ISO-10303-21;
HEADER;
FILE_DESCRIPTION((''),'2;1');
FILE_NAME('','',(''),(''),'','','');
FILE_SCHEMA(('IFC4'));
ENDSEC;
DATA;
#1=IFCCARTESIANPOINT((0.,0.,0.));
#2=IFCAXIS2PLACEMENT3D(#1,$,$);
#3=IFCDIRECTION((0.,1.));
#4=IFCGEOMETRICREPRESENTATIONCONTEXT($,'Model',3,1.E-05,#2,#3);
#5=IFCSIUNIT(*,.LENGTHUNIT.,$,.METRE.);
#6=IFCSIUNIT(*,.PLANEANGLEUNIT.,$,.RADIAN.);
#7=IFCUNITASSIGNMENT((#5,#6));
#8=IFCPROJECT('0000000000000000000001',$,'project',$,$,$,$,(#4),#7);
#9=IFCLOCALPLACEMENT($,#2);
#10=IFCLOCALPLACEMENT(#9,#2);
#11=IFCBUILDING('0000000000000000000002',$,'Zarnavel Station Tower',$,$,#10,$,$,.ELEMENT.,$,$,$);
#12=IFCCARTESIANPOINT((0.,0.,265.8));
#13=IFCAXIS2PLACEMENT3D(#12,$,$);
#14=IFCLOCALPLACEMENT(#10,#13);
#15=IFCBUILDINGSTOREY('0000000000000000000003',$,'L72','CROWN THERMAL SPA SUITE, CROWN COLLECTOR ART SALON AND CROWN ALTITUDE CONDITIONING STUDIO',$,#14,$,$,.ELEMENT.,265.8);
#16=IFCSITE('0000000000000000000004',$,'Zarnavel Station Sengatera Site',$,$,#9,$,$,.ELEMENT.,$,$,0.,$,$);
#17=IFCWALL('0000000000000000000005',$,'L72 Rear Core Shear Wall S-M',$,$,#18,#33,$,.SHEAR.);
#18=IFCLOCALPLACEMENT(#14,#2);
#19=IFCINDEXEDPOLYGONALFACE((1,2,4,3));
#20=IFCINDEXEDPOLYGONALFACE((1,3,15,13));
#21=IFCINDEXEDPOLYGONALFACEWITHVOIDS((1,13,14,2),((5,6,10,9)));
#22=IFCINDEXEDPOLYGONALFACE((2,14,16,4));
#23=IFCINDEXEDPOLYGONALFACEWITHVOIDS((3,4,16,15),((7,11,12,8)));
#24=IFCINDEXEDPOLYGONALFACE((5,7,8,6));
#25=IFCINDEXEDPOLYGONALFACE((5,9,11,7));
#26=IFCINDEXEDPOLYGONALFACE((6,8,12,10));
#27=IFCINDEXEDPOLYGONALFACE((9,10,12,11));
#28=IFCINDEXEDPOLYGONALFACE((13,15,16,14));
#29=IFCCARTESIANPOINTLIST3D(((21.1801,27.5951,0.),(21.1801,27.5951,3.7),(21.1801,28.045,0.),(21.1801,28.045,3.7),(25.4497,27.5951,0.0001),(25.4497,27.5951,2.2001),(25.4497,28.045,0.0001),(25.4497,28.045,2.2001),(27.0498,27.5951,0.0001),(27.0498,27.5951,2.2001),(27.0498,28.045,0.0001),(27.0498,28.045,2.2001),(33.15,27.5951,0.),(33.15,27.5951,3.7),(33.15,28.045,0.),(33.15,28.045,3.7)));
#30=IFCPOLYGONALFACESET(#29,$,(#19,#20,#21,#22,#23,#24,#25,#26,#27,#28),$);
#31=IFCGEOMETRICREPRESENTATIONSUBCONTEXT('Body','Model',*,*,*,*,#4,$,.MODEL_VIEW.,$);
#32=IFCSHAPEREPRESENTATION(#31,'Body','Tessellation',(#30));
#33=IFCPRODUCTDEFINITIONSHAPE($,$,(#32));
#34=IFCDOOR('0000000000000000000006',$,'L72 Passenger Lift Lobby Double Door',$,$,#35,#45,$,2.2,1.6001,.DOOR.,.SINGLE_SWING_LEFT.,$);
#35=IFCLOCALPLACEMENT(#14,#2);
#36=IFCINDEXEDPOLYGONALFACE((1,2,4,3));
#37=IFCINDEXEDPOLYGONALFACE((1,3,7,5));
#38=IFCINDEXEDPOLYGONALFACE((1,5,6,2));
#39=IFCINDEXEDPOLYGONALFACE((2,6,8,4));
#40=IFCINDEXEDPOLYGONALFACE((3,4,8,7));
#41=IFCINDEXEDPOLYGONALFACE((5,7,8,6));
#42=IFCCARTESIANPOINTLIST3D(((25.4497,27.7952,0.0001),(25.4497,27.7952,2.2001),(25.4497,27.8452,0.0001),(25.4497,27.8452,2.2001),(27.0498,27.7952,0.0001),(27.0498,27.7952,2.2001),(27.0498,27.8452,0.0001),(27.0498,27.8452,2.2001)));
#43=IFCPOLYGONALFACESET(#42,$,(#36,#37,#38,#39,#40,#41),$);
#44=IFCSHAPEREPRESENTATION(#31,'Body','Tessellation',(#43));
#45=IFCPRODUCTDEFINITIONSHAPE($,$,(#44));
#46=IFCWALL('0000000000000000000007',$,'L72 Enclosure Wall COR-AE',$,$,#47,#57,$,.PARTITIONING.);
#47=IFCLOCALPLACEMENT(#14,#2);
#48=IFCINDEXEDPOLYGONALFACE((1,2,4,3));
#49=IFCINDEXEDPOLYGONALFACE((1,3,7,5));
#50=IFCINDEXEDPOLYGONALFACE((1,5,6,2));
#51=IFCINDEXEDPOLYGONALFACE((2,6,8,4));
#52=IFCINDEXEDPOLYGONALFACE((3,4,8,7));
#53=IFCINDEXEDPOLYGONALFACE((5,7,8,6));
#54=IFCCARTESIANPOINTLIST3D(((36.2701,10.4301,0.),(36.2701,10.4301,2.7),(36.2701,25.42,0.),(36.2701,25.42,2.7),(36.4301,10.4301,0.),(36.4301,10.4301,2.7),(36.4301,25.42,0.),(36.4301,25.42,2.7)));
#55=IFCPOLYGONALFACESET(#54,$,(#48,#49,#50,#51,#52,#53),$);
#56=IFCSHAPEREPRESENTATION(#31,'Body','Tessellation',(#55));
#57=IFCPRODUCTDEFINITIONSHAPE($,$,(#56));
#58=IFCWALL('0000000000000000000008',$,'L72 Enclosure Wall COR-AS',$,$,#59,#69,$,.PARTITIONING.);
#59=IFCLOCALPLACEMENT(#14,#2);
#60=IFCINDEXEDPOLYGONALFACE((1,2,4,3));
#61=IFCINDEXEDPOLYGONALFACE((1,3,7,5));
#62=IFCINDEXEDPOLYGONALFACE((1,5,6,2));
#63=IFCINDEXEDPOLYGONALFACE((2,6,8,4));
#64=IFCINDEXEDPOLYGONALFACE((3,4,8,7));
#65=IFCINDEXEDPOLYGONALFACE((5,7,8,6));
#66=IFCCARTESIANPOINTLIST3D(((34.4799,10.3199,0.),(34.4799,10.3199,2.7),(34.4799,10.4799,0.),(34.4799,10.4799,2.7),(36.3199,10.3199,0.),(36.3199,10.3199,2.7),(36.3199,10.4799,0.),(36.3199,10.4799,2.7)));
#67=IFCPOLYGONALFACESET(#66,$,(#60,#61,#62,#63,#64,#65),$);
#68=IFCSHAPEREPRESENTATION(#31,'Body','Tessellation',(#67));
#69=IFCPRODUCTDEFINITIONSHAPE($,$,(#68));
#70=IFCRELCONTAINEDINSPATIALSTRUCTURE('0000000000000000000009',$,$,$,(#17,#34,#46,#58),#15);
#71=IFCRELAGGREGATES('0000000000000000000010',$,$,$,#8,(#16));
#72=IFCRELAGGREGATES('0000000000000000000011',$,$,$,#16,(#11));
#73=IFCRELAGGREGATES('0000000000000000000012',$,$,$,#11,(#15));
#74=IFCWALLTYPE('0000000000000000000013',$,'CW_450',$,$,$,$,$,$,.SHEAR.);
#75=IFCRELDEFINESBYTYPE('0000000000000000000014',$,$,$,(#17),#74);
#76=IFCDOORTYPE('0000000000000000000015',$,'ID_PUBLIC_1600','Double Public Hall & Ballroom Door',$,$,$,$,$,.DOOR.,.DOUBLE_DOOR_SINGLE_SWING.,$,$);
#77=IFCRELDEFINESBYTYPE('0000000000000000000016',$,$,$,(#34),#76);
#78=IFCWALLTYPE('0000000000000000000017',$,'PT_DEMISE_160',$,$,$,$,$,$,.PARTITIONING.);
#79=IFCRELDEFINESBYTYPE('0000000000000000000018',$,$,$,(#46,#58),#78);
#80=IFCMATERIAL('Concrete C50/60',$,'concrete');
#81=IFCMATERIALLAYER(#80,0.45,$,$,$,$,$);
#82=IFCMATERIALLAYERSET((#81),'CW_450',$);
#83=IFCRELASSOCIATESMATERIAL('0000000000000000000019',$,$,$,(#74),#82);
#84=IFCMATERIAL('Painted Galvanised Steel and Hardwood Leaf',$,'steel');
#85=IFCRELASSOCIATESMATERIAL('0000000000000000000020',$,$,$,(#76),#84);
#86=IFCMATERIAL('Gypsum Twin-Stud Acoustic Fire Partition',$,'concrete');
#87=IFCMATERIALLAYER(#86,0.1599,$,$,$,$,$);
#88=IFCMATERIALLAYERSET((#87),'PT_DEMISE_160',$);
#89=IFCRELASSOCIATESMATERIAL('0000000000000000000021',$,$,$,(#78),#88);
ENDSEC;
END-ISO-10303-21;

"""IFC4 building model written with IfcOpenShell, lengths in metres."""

from ifc_helpers import new_model, si_unit, direction, frame, frame_2d, origin, place, context, subcontext, project, spatial, rectangle, extrude, material, layer, layer_set, type_object, element, fill, save


model = new_model("IFC4")

# Units and contexts
model_context = context("Model", 3, precision=1e-05, world=origin(), true_north=direction((0.0, 1.0)))
body_context = subcontext(model_context, "Body", "Model", "MODEL_VIEW")
ifc_project = project(units=[si_unit("LENGTHUNIT", "METRE"), si_unit("PLANEANGLEUNIT", "RADIAN")], contexts=[model_context])

# Site, building, storey
site_placement = place(None, origin())
site = spatial("IfcSite", under=ifc_project, at=site_placement, Name="Zarnavel Station Sengatera Site", CompositionType="ELEMENT", RefElevation=0.0)
building_placement = place(site_placement, origin())
building = spatial("IfcBuilding", under=site, at=building_placement, Name="Zarnavel Station Tower", CompositionType="ELEMENT")
storey_placement = place(building_placement, frame((0.0, 0.0, 265.8)))
storey = spatial("IfcBuildingStorey", under=building, at=storey_placement, Name="L72", Description="CROWN THERMAL SPA SUITE, CROWN COLLECTOR ART SALON AND CROWN ALTITUDE CONDITIONING STUDIO", CompositionType="ELEMENT", Elevation=265.8)

# Wall, opening, door
ifc_material_1 = material(Name="Concrete C50/60", Category="concrete")
ifc_layer_1 = layer(ifc_material_1, 0.45)
ifc_layer_set_1 = layer_set([ifc_layer_1], Name="CW_450")
wall_type_1 = type_object("IfcWallType", Name="CW_450", PredefinedType="SHEAR", material=ifc_layer_set_1)
wall_1_placement = place(storey_placement, frame((33.1499, 27.8201, 0.0), z_axis=(0.0, 0.0, 1.0), x_axis=(-1.0, 0.0, 0.0)))
wall_1 = element("IfcWall", 1, at=wall_1_placement, inside=storey, type_object=wall_type_1, Name="L72 Rear Core Shear Wall S-M", PredefinedType="SHEAR", context=body_context, shape_type="SweptSolid", body=[
    extrude(rectangle(XDim=11.97, YDim=0.45, at=frame_2d((5.9849, 0.0))), origin(), (0.0, 0.0, 1.0), 3.7),
])
opening_1_placement = place(wall_1_placement, frame((6.1001, 0.0, 0.0)))
opening_1 = element("IfcOpeningElement", 2, at=opening_1_placement, cuts=wall_1, PredefinedType="OPENING", context=body_context, shape_type="SweptSolid", body=[
    extrude(rectangle(XDim=1.6001, YDim=2.2, at=frame_2d((0.8, 1.1001))), frame((0.0, 0.2349, 0.0), z_axis=(0.0, -1.0, 0.0), x_axis=(1.0, 0.0, 0.0)), (0.0, 0.0, 1.0), 0.47),
])
ifc_material_2 = material(Name="Painted Galvanised Steel and Hardwood Leaf", Category="steel")
door_type_1 = type_object("IfcDoorType", Name="ID_PUBLIC_1600", Description="Double Public Hall & Ballroom Door", OperationType="DOUBLE_DOOR_SINGLE_SWING", PredefinedType="DOOR", material=ifc_material_2)
door_1_placement = place(opening_1_placement, origin())
door_1 = element("IfcDoor", 3, at=door_1_placement, inside=storey, type_object=door_type_1, Name="L72 Passenger Lift Lobby Double Door", OperationType="SINGLE_SWING_LEFT", OverallHeight=2.2, OverallWidth=1.6001, PredefinedType="DOOR", context=body_context, shape_type="SweptSolid", body=[
    extrude(rectangle(XDim=1.6001, YDim=2.2, at=frame_2d((0.8, 1.1001))), frame((0.0, 0.0249, 0.0), z_axis=(0.0, -1.0, 0.0), x_axis=(1.0, 0.0, 0.0)), (0.0, 0.0, 1.0), 0.05),
])
fill(opening_1, door_1)

# Walls
ifc_material_3 = material(Name="Gypsum Twin-Stud Acoustic Fire Partition", Category="concrete")
ifc_layer_2 = layer(ifc_material_3, 0.1599)
ifc_layer_set_2 = layer_set([ifc_layer_2], Name="PT_DEMISE_160")
wall_type_2 = type_object("IfcWallType", Name="PT_DEMISE_160", PredefinedType="PARTITIONING", material=ifc_layer_set_2)
wall_2_placement = place(storey_placement, frame((36.3501, 10.4299, 0.0), z_axis=(0.0, 0.0, 1.0), x_axis=(0.0, 1.0, 0.0)))
element("IfcWall", 4, at=wall_2_placement, inside=storey, type_object=wall_type_2, Name="L72 Enclosure Wall COR-AE", PredefinedType="PARTITIONING", context=body_context, shape_type="SweptSolid", body=[
    extrude(rectangle(XDim=14.99, YDim=0.1599, at=frame_2d((7.4951, 0.0))), origin(), (0.0, 0.0, 1.0), 2.7),
])
wall_3_placement = place(storey_placement, frame((34.48, 10.3999, 0.0), z_axis=(0.0, 0.0, 1.0), x_axis=(1.0, 0.0, 0.0)))
element("IfcWall", 5, at=wall_3_placement, inside=storey, type_object=wall_type_2, Name="L72 Enclosure Wall COR-AS", PredefinedType="PARTITIONING", context=body_context, shape_type="SweptSolid", body=[
    extrude(rectangle(XDim=1.8401, YDim=0.1599, at=frame_2d((0.9199, 0.0))), origin(), (0.0, 0.0, 1.0), 2.7),
])

save(model, "model.ifc")
